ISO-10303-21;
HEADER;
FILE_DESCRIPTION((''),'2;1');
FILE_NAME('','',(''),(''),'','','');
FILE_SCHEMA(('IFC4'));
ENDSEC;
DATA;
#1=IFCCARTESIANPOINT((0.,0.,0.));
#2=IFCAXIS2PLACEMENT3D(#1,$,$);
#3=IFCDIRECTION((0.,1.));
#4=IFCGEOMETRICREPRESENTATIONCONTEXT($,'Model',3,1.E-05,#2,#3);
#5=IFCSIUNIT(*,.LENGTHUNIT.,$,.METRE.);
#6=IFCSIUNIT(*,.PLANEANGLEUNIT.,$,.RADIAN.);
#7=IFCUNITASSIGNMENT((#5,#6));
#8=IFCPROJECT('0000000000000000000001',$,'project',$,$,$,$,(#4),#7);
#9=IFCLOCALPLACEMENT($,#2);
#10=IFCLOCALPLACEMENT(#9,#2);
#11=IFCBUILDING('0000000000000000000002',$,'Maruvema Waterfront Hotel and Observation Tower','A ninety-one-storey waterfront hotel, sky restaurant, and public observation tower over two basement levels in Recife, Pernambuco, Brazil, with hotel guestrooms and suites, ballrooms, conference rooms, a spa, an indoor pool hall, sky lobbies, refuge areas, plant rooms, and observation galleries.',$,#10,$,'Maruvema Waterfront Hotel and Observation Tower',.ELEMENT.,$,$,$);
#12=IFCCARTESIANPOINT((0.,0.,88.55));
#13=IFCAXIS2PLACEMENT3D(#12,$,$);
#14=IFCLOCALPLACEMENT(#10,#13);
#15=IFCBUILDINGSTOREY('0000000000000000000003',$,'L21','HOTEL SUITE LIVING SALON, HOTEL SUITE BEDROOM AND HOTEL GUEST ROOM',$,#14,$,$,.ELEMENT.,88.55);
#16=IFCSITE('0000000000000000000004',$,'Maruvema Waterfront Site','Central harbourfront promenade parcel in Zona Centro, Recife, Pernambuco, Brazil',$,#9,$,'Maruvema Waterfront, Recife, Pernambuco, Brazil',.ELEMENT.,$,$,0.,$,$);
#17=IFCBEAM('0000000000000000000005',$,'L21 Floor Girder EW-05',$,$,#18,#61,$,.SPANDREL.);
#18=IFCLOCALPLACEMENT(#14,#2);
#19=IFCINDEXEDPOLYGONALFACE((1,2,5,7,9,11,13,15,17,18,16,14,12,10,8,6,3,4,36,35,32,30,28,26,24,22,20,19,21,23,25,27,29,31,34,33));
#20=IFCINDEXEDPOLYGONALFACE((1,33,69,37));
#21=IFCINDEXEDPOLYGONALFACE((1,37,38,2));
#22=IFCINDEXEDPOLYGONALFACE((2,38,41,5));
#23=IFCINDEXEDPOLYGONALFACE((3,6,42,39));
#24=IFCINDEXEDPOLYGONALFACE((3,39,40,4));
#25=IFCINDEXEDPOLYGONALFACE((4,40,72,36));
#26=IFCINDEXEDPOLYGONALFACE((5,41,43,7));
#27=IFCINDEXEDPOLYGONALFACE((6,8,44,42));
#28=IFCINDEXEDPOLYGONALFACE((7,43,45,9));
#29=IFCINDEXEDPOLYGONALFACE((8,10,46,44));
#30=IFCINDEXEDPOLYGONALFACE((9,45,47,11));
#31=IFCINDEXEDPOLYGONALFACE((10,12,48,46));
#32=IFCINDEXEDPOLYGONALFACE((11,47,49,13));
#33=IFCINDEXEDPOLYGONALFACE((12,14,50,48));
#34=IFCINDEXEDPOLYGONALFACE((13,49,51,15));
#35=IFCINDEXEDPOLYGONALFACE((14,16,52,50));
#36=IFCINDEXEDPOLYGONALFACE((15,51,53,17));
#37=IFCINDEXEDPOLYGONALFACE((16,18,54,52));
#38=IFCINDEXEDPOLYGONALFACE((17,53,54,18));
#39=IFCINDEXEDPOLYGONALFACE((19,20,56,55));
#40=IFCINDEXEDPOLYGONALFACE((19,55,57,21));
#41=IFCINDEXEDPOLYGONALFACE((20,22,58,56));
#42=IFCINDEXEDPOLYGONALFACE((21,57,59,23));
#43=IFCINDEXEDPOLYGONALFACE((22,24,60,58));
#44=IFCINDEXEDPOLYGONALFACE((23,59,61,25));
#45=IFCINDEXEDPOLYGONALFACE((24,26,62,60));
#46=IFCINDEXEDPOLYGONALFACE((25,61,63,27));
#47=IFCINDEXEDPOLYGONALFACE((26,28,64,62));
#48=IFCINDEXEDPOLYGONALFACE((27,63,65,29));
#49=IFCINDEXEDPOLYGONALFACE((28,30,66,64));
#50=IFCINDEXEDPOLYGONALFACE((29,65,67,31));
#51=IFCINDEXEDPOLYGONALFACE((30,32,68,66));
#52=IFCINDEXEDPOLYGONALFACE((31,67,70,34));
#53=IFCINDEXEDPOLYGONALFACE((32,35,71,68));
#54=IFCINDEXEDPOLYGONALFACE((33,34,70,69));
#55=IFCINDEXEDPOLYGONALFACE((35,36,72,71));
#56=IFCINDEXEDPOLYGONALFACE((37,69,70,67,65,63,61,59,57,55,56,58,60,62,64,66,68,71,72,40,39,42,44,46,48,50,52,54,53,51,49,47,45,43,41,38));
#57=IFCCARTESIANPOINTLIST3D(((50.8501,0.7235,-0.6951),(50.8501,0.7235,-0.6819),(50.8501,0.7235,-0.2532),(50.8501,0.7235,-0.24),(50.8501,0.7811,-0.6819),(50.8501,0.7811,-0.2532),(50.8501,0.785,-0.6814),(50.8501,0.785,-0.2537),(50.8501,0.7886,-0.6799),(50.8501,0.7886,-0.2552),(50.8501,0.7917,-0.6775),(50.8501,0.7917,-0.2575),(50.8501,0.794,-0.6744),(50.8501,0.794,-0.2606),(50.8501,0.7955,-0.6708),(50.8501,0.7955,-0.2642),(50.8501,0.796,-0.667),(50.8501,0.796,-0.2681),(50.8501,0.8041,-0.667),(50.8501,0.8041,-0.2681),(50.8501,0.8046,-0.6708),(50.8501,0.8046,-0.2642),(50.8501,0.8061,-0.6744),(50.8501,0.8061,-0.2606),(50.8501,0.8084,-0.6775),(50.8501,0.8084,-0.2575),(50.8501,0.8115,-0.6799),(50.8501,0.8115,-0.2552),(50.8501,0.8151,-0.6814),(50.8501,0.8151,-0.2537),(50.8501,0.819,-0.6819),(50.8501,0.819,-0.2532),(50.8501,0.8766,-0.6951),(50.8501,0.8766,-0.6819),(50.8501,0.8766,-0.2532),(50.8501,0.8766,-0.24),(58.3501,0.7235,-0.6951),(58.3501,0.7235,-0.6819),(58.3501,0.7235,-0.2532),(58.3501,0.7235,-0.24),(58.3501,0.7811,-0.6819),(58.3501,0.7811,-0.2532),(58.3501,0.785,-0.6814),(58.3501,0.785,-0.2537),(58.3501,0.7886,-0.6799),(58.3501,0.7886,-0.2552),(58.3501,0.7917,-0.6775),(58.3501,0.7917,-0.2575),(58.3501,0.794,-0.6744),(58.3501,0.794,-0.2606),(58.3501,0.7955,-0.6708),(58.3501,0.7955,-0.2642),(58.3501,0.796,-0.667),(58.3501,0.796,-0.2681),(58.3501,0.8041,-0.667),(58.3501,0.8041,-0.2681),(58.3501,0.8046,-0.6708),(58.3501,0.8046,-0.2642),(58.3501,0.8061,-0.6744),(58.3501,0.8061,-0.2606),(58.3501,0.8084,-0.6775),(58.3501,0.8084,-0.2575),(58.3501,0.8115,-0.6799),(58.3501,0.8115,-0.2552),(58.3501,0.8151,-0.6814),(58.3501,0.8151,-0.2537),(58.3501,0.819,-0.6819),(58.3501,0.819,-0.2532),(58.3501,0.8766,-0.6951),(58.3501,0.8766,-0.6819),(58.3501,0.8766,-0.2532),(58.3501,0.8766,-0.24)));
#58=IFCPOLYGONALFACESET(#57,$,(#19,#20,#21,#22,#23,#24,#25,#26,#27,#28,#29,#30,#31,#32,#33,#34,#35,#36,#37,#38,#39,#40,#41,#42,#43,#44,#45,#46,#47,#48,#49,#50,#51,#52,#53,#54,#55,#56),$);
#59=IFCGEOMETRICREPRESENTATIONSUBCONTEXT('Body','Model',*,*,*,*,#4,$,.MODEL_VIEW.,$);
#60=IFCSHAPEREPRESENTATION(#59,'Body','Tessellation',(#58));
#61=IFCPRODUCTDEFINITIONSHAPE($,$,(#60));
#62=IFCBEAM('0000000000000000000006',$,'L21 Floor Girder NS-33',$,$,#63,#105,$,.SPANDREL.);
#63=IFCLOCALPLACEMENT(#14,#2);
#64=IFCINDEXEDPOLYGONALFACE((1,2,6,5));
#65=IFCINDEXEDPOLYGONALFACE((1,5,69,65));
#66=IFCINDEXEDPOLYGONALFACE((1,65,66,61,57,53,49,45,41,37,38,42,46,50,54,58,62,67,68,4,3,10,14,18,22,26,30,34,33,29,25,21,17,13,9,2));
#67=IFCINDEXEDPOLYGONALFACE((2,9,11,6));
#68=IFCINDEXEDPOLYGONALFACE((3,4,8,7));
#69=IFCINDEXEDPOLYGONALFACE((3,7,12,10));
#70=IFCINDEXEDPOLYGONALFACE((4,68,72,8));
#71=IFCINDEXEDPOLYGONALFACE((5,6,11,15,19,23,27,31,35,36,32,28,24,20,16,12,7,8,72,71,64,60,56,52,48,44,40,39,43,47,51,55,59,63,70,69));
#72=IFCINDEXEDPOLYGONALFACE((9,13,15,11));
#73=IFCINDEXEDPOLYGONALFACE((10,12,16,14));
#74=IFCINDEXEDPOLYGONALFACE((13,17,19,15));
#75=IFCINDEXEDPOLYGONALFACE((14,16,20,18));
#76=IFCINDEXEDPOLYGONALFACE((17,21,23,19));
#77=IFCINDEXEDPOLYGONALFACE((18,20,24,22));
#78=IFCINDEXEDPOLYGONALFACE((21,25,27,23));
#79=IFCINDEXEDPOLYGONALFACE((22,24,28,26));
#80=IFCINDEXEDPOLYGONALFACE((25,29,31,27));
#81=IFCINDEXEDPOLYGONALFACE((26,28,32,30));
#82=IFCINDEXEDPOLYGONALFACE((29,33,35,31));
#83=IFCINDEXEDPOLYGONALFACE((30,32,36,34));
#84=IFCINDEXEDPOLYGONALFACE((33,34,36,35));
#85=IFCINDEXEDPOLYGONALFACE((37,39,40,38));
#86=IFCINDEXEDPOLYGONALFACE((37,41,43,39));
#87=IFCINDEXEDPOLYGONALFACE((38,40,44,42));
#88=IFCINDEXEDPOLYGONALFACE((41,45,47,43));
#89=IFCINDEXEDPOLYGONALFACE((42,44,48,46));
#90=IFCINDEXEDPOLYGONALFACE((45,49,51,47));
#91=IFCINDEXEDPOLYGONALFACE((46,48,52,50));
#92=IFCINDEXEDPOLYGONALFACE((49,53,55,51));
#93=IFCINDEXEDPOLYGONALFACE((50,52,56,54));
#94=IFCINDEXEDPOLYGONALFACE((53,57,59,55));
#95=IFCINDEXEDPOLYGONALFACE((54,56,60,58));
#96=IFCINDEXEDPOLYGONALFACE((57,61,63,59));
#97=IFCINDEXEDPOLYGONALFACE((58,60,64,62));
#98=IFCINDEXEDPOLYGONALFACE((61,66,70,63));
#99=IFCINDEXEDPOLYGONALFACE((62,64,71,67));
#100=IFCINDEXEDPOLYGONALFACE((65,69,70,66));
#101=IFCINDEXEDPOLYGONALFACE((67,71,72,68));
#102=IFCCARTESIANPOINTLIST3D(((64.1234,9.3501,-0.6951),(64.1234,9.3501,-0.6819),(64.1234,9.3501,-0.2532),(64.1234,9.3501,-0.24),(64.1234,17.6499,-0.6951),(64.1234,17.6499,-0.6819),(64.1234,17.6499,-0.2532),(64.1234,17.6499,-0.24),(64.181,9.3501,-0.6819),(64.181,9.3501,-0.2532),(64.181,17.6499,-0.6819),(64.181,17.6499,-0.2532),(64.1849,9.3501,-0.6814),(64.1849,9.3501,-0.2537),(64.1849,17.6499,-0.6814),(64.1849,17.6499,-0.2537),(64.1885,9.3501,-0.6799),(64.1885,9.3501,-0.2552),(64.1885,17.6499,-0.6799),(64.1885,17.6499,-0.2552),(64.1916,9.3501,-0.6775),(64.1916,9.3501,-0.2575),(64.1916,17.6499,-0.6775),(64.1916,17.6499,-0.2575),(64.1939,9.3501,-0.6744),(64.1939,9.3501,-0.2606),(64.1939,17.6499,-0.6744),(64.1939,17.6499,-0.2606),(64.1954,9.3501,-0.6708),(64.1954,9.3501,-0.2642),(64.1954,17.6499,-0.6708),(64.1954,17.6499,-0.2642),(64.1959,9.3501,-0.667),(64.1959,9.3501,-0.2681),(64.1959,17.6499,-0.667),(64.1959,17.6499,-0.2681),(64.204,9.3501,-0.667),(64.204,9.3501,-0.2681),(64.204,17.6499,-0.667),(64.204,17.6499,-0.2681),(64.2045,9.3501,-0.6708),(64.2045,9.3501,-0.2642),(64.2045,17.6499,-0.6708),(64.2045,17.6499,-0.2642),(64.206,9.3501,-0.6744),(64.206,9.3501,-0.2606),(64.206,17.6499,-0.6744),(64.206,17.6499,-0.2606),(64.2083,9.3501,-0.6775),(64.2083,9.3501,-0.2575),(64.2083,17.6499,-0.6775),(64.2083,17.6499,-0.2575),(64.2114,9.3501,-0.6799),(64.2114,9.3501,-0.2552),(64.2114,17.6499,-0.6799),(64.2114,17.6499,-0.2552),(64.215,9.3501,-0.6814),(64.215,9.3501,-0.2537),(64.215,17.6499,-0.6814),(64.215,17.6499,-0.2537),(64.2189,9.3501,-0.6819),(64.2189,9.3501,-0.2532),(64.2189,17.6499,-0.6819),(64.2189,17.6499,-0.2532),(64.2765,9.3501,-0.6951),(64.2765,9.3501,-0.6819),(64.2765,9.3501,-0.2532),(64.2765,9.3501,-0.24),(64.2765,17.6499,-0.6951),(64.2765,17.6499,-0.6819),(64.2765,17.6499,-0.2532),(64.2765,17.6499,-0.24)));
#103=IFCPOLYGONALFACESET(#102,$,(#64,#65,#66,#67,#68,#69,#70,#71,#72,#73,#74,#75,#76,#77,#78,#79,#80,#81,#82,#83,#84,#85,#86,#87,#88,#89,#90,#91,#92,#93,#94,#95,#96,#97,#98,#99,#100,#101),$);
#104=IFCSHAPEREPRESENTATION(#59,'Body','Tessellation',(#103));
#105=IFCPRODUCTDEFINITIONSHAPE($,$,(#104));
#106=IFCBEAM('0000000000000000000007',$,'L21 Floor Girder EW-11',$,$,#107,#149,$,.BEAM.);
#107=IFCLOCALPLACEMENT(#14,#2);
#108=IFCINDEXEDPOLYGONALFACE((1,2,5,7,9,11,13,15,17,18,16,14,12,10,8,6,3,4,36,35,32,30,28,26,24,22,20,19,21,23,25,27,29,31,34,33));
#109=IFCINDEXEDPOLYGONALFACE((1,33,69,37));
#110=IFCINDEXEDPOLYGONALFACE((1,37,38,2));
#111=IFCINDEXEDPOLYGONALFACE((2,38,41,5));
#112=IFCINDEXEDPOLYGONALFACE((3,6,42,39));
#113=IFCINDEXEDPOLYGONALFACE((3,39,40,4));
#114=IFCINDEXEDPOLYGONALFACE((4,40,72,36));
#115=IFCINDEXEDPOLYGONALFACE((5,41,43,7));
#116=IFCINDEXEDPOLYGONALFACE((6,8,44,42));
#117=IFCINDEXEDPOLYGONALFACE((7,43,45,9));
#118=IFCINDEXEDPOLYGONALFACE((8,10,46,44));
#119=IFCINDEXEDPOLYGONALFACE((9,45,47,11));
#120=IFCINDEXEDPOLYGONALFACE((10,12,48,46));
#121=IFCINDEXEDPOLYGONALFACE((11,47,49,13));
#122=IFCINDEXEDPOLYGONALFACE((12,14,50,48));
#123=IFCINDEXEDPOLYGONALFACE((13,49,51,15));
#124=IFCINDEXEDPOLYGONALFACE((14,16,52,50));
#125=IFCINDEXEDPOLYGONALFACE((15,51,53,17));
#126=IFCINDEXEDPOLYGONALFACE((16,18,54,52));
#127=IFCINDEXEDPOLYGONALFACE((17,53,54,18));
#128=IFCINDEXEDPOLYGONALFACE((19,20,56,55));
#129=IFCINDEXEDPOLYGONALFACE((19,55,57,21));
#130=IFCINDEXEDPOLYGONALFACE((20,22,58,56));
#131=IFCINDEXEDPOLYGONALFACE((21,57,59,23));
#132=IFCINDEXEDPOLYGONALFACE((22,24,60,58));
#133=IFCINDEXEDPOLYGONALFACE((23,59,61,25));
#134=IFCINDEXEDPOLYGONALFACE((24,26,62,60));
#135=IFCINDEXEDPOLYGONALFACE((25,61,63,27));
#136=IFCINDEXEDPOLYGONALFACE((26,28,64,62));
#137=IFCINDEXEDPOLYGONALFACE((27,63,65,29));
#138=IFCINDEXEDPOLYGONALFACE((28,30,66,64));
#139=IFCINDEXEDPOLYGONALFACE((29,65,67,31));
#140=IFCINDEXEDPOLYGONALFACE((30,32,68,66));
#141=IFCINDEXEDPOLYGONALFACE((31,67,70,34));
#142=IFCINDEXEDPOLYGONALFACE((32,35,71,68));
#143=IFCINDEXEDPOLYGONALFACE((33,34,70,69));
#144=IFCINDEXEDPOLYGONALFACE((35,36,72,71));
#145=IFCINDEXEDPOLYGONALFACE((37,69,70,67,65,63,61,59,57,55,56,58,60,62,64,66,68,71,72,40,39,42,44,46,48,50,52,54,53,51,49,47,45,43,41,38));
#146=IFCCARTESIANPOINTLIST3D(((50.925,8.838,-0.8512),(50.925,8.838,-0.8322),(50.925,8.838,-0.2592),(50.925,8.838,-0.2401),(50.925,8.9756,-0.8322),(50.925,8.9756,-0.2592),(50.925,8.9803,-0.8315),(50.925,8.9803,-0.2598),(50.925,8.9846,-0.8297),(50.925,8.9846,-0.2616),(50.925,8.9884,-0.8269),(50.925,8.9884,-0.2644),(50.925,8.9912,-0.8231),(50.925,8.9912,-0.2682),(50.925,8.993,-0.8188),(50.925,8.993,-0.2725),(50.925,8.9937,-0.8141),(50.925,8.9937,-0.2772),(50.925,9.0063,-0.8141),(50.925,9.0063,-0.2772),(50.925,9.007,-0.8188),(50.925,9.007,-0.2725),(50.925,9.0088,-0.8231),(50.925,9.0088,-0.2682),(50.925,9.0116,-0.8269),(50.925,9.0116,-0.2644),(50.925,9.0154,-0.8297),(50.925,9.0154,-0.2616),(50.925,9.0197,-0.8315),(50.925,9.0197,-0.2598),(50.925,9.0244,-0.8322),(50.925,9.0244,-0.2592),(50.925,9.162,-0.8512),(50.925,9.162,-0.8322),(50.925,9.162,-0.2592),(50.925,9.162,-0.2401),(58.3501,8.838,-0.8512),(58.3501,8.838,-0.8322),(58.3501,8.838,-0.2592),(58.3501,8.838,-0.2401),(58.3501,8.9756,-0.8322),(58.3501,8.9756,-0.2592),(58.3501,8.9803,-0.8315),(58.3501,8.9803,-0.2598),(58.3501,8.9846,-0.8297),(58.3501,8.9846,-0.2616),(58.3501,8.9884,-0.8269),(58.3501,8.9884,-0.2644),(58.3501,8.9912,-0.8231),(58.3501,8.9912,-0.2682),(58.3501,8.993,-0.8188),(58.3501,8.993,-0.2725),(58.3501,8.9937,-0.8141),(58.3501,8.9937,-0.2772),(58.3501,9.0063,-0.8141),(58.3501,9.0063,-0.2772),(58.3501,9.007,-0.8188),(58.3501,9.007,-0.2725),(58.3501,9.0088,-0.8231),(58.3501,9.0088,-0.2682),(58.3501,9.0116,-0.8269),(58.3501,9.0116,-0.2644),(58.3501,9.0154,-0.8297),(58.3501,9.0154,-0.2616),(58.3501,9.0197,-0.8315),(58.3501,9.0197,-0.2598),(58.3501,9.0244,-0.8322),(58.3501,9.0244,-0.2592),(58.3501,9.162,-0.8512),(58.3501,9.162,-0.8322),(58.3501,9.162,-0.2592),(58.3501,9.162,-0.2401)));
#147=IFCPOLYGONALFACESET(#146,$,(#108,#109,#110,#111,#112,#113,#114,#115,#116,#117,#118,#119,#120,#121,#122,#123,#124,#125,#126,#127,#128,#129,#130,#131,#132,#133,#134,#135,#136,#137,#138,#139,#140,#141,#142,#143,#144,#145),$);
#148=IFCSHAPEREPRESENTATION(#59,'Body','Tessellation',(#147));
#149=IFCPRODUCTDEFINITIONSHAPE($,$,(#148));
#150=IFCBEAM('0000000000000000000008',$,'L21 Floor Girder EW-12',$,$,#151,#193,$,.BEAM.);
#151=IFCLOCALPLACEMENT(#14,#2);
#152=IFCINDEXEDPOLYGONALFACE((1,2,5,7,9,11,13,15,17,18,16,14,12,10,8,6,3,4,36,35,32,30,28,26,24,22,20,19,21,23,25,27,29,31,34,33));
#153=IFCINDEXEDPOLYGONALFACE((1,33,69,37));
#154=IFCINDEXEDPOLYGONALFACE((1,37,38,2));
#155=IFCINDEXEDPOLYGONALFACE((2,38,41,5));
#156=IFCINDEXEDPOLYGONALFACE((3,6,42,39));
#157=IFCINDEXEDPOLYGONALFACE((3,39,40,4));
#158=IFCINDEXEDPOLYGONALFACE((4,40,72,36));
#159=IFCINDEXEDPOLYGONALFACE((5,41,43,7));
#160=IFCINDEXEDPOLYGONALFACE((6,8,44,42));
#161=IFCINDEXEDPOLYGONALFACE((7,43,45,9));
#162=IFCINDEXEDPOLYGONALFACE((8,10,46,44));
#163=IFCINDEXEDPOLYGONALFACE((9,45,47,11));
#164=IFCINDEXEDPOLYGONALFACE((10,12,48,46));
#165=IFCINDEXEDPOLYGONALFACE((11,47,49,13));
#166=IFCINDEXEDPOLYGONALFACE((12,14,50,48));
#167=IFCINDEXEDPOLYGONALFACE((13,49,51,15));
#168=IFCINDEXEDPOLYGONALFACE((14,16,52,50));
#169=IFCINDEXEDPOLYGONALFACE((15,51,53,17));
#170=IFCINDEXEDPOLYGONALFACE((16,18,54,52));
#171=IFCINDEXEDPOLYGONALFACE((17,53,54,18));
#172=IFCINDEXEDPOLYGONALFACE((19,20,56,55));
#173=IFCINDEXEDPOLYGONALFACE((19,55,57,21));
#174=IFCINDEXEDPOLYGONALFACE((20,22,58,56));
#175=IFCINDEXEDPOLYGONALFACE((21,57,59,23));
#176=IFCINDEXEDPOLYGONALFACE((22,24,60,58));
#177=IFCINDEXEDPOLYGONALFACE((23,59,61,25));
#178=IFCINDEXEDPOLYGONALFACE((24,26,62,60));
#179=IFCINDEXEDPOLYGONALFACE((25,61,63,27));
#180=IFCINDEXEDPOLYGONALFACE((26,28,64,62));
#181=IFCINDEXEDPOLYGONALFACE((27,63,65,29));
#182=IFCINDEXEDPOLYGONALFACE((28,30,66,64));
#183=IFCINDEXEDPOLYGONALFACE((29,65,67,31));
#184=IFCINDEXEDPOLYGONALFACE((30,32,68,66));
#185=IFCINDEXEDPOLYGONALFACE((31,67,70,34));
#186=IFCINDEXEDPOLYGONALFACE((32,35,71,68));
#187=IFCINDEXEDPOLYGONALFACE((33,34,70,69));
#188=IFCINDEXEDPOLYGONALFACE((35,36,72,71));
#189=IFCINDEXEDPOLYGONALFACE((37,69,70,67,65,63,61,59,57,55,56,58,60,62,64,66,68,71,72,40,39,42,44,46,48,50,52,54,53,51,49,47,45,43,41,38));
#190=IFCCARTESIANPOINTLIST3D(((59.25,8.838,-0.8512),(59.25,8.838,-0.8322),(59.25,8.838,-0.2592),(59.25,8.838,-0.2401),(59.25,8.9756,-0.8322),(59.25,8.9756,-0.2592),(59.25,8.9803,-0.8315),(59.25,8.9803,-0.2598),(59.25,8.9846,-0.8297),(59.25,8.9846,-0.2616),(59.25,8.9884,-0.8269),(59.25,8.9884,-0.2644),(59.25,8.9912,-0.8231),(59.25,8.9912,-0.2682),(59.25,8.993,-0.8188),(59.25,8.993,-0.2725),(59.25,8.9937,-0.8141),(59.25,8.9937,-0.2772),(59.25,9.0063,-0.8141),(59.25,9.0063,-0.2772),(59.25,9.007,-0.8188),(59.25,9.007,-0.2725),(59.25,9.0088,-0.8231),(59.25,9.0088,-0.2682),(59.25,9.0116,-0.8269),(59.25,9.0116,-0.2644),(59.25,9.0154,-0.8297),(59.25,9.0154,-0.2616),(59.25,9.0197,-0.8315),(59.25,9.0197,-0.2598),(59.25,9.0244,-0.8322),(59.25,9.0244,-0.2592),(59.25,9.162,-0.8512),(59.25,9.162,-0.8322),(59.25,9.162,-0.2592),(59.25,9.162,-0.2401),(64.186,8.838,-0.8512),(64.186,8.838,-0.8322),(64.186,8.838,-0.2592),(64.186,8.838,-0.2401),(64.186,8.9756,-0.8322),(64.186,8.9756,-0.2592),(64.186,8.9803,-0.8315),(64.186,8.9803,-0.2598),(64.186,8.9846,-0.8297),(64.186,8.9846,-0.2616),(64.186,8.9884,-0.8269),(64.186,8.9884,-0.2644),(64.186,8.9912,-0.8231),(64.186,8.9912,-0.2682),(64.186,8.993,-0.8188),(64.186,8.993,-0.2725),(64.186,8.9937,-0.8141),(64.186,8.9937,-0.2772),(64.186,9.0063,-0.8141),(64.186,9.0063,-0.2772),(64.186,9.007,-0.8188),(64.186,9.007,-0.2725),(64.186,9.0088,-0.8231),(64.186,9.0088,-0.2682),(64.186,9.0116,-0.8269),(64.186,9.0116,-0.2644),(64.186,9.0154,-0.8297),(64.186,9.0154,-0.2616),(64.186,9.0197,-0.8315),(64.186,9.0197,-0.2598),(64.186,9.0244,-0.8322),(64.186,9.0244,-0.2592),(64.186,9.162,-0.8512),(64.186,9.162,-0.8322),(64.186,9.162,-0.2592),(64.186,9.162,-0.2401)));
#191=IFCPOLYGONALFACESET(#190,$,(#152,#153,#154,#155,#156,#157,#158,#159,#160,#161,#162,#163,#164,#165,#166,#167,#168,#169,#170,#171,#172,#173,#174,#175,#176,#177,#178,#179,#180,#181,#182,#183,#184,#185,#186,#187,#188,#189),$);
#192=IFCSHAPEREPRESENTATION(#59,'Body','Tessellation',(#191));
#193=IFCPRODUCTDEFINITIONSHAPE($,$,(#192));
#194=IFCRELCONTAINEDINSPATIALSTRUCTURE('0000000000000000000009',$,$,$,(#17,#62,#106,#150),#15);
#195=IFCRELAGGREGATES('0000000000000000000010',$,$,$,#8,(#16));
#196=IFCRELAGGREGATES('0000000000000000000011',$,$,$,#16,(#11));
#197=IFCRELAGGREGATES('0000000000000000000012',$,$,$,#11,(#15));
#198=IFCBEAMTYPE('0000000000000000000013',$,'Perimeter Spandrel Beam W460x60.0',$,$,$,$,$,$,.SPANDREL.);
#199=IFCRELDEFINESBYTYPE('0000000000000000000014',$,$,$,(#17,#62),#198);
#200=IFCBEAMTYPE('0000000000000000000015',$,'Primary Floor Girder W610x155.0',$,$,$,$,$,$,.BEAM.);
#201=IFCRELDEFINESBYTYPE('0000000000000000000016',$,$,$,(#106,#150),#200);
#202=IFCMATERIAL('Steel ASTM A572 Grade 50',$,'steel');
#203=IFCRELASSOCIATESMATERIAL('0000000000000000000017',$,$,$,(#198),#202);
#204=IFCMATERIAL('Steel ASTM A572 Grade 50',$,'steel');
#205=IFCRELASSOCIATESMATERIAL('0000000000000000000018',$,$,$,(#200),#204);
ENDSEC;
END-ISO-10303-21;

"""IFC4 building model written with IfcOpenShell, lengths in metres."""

from ifc_helpers import new_model, si_unit, direction, frame, origin, origin_2d, place, context, subcontext, project, spatial, i_section, extrude, material, material_profile, profile_set, type_object, element, save


model = new_model("IFC4")

# Units and contexts
model_context = context("Model", 3, precision=1e-05, world=origin(), true_north=direction((0.0, 1.0)))
body_context = subcontext(model_context, "Body", "Model", "MODEL_VIEW")
ifc_project = project(units=[si_unit("LENGTHUNIT", "METRE"), si_unit("PLANEANGLEUNIT", "RADIAN")], contexts=[model_context])

# Site, building, storey
site_placement = place(None, origin())
site = spatial("IfcSite", under=ifc_project, at=site_placement, Name="Maruvema Waterfront Site", Description="Central harbourfront promenade parcel in Zona Centro, Recife, Pernambuco, Brazil", LongName="Maruvema Waterfront, Recife, Pernambuco, Brazil", CompositionType="ELEMENT", RefElevation=0.0)
building_placement = place(site_placement, origin())
building = spatial("IfcBuilding", under=site, at=building_placement, Name="Maruvema Waterfront Hotel and Observation Tower", Description="A ninety-one-storey waterfront hotel, sky restaurant, and public observation tower over two basement levels in Recife, Pernambuco, Brazil, with hotel guestrooms and suites, ballrooms, conference rooms, a spa, an indoor pool hall, sky lobbies, refuge areas, plant rooms, and observation galleries.", LongName="Maruvema Waterfront Hotel and Observation Tower", CompositionType="ELEMENT")
storey_placement = place(building_placement, frame((0.0, 0.0, 88.55)))
storey = spatial("IfcBuildingStorey", under=building, at=storey_placement, Name="L21", Description="HOTEL SUITE LIVING SALON, HOTEL SUITE BEDROOM AND HOTEL GUEST ROOM", CompositionType="ELEMENT", Elevation=88.55)

# Beams
ifc_material_1 = material(Name="Steel ASTM A572 Grade 50", Category="steel")
ifc_material_profile_1 = material_profile(ifc_material_1, i_section(OverallWidth=0.1531, OverallDepth=0.4551, WebThickness=0.0081, FlangeThickness=0.0132, FilletRadius=0.0149, at=origin_2d()), Name="W460x60.0")
ifc_profile_set_1 = profile_set([ifc_material_profile_1], Name="Steel ASTM A572 Grade 50")
beam_type_1 = type_object("IfcBeamType", Name="Perimeter Spandrel Beam W460x60.0", PredefinedType="SPANDREL", material=ifc_profile_set_1)
beam_1_placement = place(storey_placement, frame((50.8501, 0.8, -0.4675), z_axis=(1.0, 0.0, 0.0), x_axis=(0.0, 1.0, 0.0)))
element("IfcBeam", 1, at=beam_1_placement, inside=storey, type_object=beam_type_1, Name="L21 Floor Girder EW-05", PredefinedType="SPANDREL", context=body_context, shape_type="SweptSolid", body=[
    extrude(i_section(OverallWidth=0.1531, OverallDepth=0.4551, WebThickness=0.0081, FlangeThickness=0.0132, FilletRadius=0.0149, at=origin_2d()), origin(), (0.0, 0.0, 1.0), 7.5),
])
beam_2_placement = place(storey_placement, frame((64.2, 9.3501, -0.4675), z_axis=(0.0, 1.0, 0.0), x_axis=(-1.0, 0.0, 0.0)))
element("IfcBeam", 2, at=beam_2_placement, inside=storey, type_object=beam_type_1, Name="L21 Floor Girder NS-33", PredefinedType="SPANDREL", context=body_context, shape_type="SweptSolid", body=[
    extrude(i_section(OverallWidth=0.1531, OverallDepth=0.4551, WebThickness=0.0081, FlangeThickness=0.0132, FilletRadius=0.0149, at=origin_2d()), origin(), (0.0, 0.0, 1.0), 8.2998),
])
ifc_material_2 = material(Name="Steel ASTM A572 Grade 50", Category="steel")
ifc_material_profile_2 = material_profile(ifc_material_2, i_section(OverallWidth=0.324, OverallDepth=0.6111, WebThickness=0.0127, FlangeThickness=0.019, FilletRadius=0.0181, at=origin_2d()), Name="W610x155.0")
ifc_profile_set_2 = profile_set([ifc_material_profile_2], Name="Steel ASTM A572 Grade 50")
beam_type_2 = type_object("IfcBeamType", Name="Primary Floor Girder W610x155.0", PredefinedType="BEAM", material=ifc_profile_set_2)
beam_3_placement = place(storey_placement, frame((50.925, 9.0, -0.5457), z_axis=(1.0, 0.0, 0.0), x_axis=(0.0, 1.0, 0.0)))
element("IfcBeam", 3, at=beam_3_placement, inside=storey, type_object=beam_type_2, Name="L21 Floor Girder EW-11", PredefinedType="BEAM", context=body_context, shape_type="SweptSolid", body=[
    extrude(i_section(OverallWidth=0.324, OverallDepth=0.6111, WebThickness=0.0127, FlangeThickness=0.019, FilletRadius=0.0181, at=origin_2d()), origin(), (0.0, 0.0, 1.0), 7.425),
])
beam_4_placement = place(storey_placement, frame((59.25, 9.0, -0.5457), z_axis=(1.0, 0.0, 0.0), x_axis=(0.0, 1.0, 0.0)))
element("IfcBeam", 4, at=beam_4_placement, inside=storey, type_object=beam_type_2, Name="L21 Floor Girder EW-12", PredefinedType="BEAM", context=body_context, shape_type="SweptSolid", body=[
    extrude(i_section(OverallWidth=0.324, OverallDepth=0.6111, WebThickness=0.0127, FlangeThickness=0.019, FilletRadius=0.0181, at=origin_2d()), origin(), (0.0, 0.0, 1.0), 4.936),
])

save(model, "model.ifc")
